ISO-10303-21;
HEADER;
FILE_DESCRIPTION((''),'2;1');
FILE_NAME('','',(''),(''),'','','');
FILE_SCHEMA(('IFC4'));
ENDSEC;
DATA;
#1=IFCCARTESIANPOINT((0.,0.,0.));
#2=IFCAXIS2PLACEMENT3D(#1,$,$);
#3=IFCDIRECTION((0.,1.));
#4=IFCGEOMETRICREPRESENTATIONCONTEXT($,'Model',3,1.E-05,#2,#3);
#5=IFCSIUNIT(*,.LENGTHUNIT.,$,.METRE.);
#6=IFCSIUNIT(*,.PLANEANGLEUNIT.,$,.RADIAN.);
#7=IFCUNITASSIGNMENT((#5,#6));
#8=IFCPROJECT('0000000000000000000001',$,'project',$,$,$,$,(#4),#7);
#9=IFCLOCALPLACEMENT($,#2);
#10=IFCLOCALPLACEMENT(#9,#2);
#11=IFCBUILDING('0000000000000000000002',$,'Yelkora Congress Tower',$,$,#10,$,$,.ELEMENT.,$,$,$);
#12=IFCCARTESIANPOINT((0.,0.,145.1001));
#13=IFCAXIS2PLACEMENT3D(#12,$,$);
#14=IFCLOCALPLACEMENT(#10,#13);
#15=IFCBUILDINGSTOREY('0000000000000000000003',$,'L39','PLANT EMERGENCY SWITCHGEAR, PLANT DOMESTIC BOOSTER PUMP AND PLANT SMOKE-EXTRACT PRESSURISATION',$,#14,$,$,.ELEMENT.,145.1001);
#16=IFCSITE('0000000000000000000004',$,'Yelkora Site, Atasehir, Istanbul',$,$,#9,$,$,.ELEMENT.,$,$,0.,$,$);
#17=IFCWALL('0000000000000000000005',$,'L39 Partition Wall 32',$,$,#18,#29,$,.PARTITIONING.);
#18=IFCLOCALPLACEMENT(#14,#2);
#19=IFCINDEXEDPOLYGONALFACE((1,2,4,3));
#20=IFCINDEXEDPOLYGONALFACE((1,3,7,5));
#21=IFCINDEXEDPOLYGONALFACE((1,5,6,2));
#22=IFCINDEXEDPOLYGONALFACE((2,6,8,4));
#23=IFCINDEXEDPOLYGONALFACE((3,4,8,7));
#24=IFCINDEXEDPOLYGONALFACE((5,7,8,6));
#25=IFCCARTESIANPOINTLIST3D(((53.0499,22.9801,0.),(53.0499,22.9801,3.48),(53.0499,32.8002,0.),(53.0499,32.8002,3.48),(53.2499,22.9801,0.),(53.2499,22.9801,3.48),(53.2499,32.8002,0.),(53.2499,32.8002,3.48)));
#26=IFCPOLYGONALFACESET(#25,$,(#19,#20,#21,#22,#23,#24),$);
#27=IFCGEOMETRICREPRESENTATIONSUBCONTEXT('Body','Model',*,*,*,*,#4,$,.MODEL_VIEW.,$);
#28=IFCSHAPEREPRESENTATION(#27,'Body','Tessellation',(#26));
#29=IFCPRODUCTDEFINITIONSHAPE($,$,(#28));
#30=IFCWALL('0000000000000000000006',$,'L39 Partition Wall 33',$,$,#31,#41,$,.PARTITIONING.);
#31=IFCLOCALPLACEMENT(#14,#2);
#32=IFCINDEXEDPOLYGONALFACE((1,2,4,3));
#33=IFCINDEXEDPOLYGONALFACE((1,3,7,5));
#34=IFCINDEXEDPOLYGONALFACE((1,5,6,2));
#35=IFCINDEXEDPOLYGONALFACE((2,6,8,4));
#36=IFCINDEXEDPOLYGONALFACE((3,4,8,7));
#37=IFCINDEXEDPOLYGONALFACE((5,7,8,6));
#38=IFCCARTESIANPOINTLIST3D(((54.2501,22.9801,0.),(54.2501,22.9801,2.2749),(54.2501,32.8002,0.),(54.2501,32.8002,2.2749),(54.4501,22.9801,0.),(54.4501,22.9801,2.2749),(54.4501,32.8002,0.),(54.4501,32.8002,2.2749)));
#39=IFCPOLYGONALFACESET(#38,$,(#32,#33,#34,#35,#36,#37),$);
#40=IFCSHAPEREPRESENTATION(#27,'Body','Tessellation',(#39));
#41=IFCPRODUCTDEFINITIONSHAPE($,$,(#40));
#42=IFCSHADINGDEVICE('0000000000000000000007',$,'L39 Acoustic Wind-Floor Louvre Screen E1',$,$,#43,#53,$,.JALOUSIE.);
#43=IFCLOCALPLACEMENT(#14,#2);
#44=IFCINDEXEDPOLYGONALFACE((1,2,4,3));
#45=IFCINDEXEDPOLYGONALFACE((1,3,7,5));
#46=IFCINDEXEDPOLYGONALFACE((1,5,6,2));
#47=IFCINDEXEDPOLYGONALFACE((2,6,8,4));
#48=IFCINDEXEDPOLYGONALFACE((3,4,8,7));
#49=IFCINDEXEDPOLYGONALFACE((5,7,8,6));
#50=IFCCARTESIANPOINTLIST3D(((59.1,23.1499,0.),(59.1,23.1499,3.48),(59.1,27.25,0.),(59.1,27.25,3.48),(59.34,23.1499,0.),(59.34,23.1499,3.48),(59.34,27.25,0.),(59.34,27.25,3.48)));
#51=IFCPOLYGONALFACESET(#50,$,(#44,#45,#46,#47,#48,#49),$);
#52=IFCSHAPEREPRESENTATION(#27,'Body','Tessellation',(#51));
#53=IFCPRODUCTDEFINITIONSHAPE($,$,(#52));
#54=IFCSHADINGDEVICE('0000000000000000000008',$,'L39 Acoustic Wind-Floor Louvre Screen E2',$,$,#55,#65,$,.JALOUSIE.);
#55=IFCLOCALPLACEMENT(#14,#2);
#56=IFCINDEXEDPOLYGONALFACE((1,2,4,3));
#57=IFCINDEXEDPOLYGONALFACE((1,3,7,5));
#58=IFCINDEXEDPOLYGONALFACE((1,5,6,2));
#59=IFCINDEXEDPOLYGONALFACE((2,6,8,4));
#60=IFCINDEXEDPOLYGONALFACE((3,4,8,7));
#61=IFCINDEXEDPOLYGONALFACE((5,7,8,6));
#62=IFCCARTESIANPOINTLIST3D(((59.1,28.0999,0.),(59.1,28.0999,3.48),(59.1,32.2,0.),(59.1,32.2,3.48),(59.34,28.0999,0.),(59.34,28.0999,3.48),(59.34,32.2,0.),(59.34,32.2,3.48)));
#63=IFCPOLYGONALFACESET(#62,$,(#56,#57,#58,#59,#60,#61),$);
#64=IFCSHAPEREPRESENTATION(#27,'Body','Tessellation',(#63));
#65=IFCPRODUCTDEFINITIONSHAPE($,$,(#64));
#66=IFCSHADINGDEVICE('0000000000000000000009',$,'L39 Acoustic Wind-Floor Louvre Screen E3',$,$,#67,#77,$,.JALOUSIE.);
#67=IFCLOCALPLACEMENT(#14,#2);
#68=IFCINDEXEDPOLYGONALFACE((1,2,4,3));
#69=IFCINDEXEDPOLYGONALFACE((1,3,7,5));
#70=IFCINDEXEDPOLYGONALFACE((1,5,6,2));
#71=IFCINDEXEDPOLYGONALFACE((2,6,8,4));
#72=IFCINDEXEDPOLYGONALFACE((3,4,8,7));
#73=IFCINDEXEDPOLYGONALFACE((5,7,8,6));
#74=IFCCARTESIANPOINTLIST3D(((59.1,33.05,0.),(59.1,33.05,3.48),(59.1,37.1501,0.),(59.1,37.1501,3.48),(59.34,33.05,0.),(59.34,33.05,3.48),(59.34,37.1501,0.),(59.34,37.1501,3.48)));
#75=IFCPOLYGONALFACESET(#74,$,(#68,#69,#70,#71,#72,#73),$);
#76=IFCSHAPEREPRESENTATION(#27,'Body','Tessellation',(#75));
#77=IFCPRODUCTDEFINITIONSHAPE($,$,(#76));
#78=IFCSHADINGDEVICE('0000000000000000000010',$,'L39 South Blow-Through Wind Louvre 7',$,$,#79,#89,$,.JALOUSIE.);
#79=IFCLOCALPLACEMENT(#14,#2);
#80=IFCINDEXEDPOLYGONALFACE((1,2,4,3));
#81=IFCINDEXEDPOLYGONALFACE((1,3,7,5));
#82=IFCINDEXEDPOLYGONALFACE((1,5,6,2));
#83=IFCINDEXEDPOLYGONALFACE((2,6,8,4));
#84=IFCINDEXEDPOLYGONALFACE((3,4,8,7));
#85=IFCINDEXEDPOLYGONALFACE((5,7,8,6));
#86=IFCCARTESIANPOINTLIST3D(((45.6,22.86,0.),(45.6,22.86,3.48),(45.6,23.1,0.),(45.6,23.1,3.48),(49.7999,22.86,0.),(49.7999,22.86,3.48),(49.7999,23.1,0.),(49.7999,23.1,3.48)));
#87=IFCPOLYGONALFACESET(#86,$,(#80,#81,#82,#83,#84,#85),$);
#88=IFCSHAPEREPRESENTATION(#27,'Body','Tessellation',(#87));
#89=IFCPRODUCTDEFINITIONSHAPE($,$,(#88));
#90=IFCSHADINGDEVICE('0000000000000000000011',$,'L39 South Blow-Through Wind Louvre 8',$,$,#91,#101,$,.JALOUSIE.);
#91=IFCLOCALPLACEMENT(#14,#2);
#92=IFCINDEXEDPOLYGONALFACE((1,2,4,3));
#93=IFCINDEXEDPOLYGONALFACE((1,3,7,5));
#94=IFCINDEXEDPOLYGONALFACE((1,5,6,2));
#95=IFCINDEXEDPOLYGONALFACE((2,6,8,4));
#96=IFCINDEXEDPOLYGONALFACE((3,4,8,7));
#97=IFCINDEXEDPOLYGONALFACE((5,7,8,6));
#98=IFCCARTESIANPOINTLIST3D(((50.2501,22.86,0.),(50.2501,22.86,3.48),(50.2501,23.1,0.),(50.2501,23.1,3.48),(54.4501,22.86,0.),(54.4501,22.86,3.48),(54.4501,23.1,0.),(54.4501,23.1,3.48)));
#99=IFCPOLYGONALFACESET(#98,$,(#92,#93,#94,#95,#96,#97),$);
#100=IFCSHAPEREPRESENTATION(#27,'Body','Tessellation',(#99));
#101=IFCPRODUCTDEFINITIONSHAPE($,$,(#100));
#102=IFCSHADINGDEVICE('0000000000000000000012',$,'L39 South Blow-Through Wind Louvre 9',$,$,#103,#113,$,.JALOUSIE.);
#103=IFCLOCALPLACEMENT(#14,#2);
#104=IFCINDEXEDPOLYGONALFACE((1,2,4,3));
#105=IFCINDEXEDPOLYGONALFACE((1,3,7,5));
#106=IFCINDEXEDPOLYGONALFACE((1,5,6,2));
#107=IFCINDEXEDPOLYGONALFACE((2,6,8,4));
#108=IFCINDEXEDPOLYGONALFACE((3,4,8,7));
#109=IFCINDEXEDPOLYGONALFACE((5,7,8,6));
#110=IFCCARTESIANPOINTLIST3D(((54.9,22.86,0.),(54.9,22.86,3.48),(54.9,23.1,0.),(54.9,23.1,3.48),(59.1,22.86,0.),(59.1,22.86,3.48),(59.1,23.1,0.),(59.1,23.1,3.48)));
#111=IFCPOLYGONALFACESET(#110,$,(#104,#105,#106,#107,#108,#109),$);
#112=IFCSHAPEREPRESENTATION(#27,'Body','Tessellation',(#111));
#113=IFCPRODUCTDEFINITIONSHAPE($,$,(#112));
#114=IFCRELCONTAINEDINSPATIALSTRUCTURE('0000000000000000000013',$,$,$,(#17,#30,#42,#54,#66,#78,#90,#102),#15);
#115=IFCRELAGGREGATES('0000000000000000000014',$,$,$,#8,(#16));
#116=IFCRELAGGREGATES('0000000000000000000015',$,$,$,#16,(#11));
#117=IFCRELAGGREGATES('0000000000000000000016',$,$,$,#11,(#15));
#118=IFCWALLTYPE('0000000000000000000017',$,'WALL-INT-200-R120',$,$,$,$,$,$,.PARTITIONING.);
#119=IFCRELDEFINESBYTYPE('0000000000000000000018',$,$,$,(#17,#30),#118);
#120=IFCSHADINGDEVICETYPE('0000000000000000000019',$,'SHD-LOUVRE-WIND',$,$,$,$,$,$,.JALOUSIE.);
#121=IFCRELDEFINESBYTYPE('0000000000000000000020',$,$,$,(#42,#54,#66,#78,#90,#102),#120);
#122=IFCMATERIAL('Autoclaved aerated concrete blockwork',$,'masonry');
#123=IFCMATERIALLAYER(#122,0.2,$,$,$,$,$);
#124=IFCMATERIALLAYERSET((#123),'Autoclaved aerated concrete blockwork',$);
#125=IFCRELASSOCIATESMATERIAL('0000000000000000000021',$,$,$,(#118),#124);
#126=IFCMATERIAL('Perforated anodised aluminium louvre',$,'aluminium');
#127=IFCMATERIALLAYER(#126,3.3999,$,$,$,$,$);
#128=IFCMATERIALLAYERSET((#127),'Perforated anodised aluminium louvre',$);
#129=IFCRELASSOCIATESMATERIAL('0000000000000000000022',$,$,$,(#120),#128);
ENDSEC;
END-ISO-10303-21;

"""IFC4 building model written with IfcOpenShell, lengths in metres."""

from ifc_helpers import new_model, si_unit, direction, frame, frame_2d, origin, origin_2d, place, context, subcontext, project, spatial, rectangle, extrude, material, layer, layer_set, type_object, element, save


model = new_model("IFC4")

# Units and contexts
model_context = context("Model", 3, precision=1e-05, world=origin(), true_north=direction((0.0, 1.0)))
body_context = subcontext(model_context, "Body", "Model", "MODEL_VIEW")
ifc_project = project(units=[si_unit("LENGTHUNIT", "METRE"), si_unit("PLANEANGLEUNIT", "RADIAN")], contexts=[model_context])

# Site, building, storey
site_placement = place(None, origin())
site = spatial("IfcSite", under=ifc_project, at=site_placement, Name="Yelkora Site, Atasehir, Istanbul", CompositionType="ELEMENT", RefElevation=0.0)
building_placement = place(site_placement, origin())
building = spatial("IfcBuilding", under=site, at=building_placement, Name="Yelkora Congress Tower", CompositionType="ELEMENT")
storey_placement = place(building_placement, frame((0.0, 0.0, 145.1001)))
storey = spatial("IfcBuildingStorey", under=building, at=storey_placement, Name="L39", Description="PLANT EMERGENCY SWITCHGEAR, PLANT DOMESTIC BOOSTER PUMP AND PLANT SMOKE-EXTRACT PRESSURISATION", CompositionType="ELEMENT", Elevation=145.1001)

# Shared definitions
ifc_material_1 = material(Name="Autoclaved aerated concrete blockwork", Category="masonry")
ifc_layer_1 = layer(ifc_material_1, 0.2)
ifc_layer_set_1 = layer_set([ifc_layer_1], Name="Autoclaved aerated concrete blockwork")
wall_type_1 = type_object("IfcWallType", Name="WALL-INT-200-R120", PredefinedType="PARTITIONING", material=ifc_layer_set_1)

# Walls
wall_1_placement = place(storey_placement, frame((53.1499, 22.98, 0.0), z_axis=(0.0, 0.0, 1.0), x_axis=(0.0, 1.0, 0.0)))
element("IfcWall", 1, at=wall_1_placement, inside=storey, type_object=wall_type_1, Name="L39 Partition Wall 32", PredefinedType="PARTITIONING", context=body_context, shape_type="SweptSolid", body=[
    extrude(rectangle(XDim=9.8201, YDim=0.2, at=frame_2d((4.9102, 0.0))), origin(), (0.0, 0.0, 1.0), 3.48),
])
wall_2_placement = place(storey_placement, frame((54.3501, 22.98, 0.0), z_axis=(0.0, 0.0, 1.0), x_axis=(0.0, 1.0, 0.0)))
element("IfcWall", 2, at=wall_2_placement, inside=storey, type_object=wall_type_1, Name="L39 Partition Wall 33", PredefinedType="PARTITIONING", context=body_context, shape_type="SweptSolid", body=[
    extrude(rectangle(XDim=9.8201, YDim=0.2, at=frame_2d((4.9102, 0.0))), origin(), (0.0, 0.0, 1.0), 2.2749),
])

# Shading devices
ifc_material_2 = material(Name="Perforated anodised aluminium louvre", Category="aluminium")
ifc_layer_2 = layer(ifc_material_2, 3.3999)
ifc_layer_set_2 = layer_set([ifc_layer_2], Name="Perforated anodised aluminium louvre")
shading_device_type = type_object("IfcShadingDeviceType", Name="SHD-LOUVRE-WIND", PredefinedType="JALOUSIE", material=ifc_layer_set_2)
for number, where, z_axis, x_axis, name in (
    (3, (59.22, 25.2, 0.0), (0.0, 0.0, 1.0), (1.0, 0.0, 0.0), "L39 Acoustic Wind-Floor Louvre Screen E1"),
    (4, (59.22, 30.1499, 0.0), (0.0, 0.0, 1.0), (1.0, 0.0, 0.0), "L39 Acoustic Wind-Floor Louvre Screen E2"),
    (5, (59.22, 35.1001, 0.0), (0.0, 0.0, 1.0), (1.0, 0.0, 0.0), "L39 Acoustic Wind-Floor Louvre Screen E3"),
):
    element("IfcShadingDevice", number, at=place(storey_placement, frame(where, z_axis=z_axis, x_axis=x_axis)), inside=storey, type_object=shading_device_type, Name=name, PredefinedType="JALOUSIE", context=body_context, shape_type="SweptSolid", body=[
        extrude(rectangle(XDim=0.24, YDim=4.1001, at=origin_2d()), origin(), (0.0, 0.0, 1.0), 3.48),
    ])
for number, where, z_axis, x_axis, name in (
    (6, (47.7, 22.98, 0.0), (0.0, 0.0, 1.0), (1.0, 0.0, 0.0), "L39 South Blow-Through Wind Louvre 7"),
    (7, (52.3501, 22.98, 0.0), (0.0, 0.0, 1.0), (1.0, 0.0, 0.0), "L39 South Blow-Through Wind Louvre 8"),
    (8, (57.0, 22.98, 0.0), (0.0, 0.0, 1.0), (1.0, 0.0, 0.0), "L39 South Blow-Through Wind Louvre 9"),
):
    element("IfcShadingDevice", number, at=place(storey_placement, frame(where, z_axis=z_axis, x_axis=x_axis)), inside=storey, type_object=shading_device_type, Name=name, PredefinedType="JALOUSIE", context=body_context, shape_type="SweptSolid", body=[
        extrude(rectangle(XDim=4.2, YDim=0.24, at=origin_2d()), origin(), (0.0, 0.0, 1.0), 3.48),
    ])

save(model, "model.ifc")
